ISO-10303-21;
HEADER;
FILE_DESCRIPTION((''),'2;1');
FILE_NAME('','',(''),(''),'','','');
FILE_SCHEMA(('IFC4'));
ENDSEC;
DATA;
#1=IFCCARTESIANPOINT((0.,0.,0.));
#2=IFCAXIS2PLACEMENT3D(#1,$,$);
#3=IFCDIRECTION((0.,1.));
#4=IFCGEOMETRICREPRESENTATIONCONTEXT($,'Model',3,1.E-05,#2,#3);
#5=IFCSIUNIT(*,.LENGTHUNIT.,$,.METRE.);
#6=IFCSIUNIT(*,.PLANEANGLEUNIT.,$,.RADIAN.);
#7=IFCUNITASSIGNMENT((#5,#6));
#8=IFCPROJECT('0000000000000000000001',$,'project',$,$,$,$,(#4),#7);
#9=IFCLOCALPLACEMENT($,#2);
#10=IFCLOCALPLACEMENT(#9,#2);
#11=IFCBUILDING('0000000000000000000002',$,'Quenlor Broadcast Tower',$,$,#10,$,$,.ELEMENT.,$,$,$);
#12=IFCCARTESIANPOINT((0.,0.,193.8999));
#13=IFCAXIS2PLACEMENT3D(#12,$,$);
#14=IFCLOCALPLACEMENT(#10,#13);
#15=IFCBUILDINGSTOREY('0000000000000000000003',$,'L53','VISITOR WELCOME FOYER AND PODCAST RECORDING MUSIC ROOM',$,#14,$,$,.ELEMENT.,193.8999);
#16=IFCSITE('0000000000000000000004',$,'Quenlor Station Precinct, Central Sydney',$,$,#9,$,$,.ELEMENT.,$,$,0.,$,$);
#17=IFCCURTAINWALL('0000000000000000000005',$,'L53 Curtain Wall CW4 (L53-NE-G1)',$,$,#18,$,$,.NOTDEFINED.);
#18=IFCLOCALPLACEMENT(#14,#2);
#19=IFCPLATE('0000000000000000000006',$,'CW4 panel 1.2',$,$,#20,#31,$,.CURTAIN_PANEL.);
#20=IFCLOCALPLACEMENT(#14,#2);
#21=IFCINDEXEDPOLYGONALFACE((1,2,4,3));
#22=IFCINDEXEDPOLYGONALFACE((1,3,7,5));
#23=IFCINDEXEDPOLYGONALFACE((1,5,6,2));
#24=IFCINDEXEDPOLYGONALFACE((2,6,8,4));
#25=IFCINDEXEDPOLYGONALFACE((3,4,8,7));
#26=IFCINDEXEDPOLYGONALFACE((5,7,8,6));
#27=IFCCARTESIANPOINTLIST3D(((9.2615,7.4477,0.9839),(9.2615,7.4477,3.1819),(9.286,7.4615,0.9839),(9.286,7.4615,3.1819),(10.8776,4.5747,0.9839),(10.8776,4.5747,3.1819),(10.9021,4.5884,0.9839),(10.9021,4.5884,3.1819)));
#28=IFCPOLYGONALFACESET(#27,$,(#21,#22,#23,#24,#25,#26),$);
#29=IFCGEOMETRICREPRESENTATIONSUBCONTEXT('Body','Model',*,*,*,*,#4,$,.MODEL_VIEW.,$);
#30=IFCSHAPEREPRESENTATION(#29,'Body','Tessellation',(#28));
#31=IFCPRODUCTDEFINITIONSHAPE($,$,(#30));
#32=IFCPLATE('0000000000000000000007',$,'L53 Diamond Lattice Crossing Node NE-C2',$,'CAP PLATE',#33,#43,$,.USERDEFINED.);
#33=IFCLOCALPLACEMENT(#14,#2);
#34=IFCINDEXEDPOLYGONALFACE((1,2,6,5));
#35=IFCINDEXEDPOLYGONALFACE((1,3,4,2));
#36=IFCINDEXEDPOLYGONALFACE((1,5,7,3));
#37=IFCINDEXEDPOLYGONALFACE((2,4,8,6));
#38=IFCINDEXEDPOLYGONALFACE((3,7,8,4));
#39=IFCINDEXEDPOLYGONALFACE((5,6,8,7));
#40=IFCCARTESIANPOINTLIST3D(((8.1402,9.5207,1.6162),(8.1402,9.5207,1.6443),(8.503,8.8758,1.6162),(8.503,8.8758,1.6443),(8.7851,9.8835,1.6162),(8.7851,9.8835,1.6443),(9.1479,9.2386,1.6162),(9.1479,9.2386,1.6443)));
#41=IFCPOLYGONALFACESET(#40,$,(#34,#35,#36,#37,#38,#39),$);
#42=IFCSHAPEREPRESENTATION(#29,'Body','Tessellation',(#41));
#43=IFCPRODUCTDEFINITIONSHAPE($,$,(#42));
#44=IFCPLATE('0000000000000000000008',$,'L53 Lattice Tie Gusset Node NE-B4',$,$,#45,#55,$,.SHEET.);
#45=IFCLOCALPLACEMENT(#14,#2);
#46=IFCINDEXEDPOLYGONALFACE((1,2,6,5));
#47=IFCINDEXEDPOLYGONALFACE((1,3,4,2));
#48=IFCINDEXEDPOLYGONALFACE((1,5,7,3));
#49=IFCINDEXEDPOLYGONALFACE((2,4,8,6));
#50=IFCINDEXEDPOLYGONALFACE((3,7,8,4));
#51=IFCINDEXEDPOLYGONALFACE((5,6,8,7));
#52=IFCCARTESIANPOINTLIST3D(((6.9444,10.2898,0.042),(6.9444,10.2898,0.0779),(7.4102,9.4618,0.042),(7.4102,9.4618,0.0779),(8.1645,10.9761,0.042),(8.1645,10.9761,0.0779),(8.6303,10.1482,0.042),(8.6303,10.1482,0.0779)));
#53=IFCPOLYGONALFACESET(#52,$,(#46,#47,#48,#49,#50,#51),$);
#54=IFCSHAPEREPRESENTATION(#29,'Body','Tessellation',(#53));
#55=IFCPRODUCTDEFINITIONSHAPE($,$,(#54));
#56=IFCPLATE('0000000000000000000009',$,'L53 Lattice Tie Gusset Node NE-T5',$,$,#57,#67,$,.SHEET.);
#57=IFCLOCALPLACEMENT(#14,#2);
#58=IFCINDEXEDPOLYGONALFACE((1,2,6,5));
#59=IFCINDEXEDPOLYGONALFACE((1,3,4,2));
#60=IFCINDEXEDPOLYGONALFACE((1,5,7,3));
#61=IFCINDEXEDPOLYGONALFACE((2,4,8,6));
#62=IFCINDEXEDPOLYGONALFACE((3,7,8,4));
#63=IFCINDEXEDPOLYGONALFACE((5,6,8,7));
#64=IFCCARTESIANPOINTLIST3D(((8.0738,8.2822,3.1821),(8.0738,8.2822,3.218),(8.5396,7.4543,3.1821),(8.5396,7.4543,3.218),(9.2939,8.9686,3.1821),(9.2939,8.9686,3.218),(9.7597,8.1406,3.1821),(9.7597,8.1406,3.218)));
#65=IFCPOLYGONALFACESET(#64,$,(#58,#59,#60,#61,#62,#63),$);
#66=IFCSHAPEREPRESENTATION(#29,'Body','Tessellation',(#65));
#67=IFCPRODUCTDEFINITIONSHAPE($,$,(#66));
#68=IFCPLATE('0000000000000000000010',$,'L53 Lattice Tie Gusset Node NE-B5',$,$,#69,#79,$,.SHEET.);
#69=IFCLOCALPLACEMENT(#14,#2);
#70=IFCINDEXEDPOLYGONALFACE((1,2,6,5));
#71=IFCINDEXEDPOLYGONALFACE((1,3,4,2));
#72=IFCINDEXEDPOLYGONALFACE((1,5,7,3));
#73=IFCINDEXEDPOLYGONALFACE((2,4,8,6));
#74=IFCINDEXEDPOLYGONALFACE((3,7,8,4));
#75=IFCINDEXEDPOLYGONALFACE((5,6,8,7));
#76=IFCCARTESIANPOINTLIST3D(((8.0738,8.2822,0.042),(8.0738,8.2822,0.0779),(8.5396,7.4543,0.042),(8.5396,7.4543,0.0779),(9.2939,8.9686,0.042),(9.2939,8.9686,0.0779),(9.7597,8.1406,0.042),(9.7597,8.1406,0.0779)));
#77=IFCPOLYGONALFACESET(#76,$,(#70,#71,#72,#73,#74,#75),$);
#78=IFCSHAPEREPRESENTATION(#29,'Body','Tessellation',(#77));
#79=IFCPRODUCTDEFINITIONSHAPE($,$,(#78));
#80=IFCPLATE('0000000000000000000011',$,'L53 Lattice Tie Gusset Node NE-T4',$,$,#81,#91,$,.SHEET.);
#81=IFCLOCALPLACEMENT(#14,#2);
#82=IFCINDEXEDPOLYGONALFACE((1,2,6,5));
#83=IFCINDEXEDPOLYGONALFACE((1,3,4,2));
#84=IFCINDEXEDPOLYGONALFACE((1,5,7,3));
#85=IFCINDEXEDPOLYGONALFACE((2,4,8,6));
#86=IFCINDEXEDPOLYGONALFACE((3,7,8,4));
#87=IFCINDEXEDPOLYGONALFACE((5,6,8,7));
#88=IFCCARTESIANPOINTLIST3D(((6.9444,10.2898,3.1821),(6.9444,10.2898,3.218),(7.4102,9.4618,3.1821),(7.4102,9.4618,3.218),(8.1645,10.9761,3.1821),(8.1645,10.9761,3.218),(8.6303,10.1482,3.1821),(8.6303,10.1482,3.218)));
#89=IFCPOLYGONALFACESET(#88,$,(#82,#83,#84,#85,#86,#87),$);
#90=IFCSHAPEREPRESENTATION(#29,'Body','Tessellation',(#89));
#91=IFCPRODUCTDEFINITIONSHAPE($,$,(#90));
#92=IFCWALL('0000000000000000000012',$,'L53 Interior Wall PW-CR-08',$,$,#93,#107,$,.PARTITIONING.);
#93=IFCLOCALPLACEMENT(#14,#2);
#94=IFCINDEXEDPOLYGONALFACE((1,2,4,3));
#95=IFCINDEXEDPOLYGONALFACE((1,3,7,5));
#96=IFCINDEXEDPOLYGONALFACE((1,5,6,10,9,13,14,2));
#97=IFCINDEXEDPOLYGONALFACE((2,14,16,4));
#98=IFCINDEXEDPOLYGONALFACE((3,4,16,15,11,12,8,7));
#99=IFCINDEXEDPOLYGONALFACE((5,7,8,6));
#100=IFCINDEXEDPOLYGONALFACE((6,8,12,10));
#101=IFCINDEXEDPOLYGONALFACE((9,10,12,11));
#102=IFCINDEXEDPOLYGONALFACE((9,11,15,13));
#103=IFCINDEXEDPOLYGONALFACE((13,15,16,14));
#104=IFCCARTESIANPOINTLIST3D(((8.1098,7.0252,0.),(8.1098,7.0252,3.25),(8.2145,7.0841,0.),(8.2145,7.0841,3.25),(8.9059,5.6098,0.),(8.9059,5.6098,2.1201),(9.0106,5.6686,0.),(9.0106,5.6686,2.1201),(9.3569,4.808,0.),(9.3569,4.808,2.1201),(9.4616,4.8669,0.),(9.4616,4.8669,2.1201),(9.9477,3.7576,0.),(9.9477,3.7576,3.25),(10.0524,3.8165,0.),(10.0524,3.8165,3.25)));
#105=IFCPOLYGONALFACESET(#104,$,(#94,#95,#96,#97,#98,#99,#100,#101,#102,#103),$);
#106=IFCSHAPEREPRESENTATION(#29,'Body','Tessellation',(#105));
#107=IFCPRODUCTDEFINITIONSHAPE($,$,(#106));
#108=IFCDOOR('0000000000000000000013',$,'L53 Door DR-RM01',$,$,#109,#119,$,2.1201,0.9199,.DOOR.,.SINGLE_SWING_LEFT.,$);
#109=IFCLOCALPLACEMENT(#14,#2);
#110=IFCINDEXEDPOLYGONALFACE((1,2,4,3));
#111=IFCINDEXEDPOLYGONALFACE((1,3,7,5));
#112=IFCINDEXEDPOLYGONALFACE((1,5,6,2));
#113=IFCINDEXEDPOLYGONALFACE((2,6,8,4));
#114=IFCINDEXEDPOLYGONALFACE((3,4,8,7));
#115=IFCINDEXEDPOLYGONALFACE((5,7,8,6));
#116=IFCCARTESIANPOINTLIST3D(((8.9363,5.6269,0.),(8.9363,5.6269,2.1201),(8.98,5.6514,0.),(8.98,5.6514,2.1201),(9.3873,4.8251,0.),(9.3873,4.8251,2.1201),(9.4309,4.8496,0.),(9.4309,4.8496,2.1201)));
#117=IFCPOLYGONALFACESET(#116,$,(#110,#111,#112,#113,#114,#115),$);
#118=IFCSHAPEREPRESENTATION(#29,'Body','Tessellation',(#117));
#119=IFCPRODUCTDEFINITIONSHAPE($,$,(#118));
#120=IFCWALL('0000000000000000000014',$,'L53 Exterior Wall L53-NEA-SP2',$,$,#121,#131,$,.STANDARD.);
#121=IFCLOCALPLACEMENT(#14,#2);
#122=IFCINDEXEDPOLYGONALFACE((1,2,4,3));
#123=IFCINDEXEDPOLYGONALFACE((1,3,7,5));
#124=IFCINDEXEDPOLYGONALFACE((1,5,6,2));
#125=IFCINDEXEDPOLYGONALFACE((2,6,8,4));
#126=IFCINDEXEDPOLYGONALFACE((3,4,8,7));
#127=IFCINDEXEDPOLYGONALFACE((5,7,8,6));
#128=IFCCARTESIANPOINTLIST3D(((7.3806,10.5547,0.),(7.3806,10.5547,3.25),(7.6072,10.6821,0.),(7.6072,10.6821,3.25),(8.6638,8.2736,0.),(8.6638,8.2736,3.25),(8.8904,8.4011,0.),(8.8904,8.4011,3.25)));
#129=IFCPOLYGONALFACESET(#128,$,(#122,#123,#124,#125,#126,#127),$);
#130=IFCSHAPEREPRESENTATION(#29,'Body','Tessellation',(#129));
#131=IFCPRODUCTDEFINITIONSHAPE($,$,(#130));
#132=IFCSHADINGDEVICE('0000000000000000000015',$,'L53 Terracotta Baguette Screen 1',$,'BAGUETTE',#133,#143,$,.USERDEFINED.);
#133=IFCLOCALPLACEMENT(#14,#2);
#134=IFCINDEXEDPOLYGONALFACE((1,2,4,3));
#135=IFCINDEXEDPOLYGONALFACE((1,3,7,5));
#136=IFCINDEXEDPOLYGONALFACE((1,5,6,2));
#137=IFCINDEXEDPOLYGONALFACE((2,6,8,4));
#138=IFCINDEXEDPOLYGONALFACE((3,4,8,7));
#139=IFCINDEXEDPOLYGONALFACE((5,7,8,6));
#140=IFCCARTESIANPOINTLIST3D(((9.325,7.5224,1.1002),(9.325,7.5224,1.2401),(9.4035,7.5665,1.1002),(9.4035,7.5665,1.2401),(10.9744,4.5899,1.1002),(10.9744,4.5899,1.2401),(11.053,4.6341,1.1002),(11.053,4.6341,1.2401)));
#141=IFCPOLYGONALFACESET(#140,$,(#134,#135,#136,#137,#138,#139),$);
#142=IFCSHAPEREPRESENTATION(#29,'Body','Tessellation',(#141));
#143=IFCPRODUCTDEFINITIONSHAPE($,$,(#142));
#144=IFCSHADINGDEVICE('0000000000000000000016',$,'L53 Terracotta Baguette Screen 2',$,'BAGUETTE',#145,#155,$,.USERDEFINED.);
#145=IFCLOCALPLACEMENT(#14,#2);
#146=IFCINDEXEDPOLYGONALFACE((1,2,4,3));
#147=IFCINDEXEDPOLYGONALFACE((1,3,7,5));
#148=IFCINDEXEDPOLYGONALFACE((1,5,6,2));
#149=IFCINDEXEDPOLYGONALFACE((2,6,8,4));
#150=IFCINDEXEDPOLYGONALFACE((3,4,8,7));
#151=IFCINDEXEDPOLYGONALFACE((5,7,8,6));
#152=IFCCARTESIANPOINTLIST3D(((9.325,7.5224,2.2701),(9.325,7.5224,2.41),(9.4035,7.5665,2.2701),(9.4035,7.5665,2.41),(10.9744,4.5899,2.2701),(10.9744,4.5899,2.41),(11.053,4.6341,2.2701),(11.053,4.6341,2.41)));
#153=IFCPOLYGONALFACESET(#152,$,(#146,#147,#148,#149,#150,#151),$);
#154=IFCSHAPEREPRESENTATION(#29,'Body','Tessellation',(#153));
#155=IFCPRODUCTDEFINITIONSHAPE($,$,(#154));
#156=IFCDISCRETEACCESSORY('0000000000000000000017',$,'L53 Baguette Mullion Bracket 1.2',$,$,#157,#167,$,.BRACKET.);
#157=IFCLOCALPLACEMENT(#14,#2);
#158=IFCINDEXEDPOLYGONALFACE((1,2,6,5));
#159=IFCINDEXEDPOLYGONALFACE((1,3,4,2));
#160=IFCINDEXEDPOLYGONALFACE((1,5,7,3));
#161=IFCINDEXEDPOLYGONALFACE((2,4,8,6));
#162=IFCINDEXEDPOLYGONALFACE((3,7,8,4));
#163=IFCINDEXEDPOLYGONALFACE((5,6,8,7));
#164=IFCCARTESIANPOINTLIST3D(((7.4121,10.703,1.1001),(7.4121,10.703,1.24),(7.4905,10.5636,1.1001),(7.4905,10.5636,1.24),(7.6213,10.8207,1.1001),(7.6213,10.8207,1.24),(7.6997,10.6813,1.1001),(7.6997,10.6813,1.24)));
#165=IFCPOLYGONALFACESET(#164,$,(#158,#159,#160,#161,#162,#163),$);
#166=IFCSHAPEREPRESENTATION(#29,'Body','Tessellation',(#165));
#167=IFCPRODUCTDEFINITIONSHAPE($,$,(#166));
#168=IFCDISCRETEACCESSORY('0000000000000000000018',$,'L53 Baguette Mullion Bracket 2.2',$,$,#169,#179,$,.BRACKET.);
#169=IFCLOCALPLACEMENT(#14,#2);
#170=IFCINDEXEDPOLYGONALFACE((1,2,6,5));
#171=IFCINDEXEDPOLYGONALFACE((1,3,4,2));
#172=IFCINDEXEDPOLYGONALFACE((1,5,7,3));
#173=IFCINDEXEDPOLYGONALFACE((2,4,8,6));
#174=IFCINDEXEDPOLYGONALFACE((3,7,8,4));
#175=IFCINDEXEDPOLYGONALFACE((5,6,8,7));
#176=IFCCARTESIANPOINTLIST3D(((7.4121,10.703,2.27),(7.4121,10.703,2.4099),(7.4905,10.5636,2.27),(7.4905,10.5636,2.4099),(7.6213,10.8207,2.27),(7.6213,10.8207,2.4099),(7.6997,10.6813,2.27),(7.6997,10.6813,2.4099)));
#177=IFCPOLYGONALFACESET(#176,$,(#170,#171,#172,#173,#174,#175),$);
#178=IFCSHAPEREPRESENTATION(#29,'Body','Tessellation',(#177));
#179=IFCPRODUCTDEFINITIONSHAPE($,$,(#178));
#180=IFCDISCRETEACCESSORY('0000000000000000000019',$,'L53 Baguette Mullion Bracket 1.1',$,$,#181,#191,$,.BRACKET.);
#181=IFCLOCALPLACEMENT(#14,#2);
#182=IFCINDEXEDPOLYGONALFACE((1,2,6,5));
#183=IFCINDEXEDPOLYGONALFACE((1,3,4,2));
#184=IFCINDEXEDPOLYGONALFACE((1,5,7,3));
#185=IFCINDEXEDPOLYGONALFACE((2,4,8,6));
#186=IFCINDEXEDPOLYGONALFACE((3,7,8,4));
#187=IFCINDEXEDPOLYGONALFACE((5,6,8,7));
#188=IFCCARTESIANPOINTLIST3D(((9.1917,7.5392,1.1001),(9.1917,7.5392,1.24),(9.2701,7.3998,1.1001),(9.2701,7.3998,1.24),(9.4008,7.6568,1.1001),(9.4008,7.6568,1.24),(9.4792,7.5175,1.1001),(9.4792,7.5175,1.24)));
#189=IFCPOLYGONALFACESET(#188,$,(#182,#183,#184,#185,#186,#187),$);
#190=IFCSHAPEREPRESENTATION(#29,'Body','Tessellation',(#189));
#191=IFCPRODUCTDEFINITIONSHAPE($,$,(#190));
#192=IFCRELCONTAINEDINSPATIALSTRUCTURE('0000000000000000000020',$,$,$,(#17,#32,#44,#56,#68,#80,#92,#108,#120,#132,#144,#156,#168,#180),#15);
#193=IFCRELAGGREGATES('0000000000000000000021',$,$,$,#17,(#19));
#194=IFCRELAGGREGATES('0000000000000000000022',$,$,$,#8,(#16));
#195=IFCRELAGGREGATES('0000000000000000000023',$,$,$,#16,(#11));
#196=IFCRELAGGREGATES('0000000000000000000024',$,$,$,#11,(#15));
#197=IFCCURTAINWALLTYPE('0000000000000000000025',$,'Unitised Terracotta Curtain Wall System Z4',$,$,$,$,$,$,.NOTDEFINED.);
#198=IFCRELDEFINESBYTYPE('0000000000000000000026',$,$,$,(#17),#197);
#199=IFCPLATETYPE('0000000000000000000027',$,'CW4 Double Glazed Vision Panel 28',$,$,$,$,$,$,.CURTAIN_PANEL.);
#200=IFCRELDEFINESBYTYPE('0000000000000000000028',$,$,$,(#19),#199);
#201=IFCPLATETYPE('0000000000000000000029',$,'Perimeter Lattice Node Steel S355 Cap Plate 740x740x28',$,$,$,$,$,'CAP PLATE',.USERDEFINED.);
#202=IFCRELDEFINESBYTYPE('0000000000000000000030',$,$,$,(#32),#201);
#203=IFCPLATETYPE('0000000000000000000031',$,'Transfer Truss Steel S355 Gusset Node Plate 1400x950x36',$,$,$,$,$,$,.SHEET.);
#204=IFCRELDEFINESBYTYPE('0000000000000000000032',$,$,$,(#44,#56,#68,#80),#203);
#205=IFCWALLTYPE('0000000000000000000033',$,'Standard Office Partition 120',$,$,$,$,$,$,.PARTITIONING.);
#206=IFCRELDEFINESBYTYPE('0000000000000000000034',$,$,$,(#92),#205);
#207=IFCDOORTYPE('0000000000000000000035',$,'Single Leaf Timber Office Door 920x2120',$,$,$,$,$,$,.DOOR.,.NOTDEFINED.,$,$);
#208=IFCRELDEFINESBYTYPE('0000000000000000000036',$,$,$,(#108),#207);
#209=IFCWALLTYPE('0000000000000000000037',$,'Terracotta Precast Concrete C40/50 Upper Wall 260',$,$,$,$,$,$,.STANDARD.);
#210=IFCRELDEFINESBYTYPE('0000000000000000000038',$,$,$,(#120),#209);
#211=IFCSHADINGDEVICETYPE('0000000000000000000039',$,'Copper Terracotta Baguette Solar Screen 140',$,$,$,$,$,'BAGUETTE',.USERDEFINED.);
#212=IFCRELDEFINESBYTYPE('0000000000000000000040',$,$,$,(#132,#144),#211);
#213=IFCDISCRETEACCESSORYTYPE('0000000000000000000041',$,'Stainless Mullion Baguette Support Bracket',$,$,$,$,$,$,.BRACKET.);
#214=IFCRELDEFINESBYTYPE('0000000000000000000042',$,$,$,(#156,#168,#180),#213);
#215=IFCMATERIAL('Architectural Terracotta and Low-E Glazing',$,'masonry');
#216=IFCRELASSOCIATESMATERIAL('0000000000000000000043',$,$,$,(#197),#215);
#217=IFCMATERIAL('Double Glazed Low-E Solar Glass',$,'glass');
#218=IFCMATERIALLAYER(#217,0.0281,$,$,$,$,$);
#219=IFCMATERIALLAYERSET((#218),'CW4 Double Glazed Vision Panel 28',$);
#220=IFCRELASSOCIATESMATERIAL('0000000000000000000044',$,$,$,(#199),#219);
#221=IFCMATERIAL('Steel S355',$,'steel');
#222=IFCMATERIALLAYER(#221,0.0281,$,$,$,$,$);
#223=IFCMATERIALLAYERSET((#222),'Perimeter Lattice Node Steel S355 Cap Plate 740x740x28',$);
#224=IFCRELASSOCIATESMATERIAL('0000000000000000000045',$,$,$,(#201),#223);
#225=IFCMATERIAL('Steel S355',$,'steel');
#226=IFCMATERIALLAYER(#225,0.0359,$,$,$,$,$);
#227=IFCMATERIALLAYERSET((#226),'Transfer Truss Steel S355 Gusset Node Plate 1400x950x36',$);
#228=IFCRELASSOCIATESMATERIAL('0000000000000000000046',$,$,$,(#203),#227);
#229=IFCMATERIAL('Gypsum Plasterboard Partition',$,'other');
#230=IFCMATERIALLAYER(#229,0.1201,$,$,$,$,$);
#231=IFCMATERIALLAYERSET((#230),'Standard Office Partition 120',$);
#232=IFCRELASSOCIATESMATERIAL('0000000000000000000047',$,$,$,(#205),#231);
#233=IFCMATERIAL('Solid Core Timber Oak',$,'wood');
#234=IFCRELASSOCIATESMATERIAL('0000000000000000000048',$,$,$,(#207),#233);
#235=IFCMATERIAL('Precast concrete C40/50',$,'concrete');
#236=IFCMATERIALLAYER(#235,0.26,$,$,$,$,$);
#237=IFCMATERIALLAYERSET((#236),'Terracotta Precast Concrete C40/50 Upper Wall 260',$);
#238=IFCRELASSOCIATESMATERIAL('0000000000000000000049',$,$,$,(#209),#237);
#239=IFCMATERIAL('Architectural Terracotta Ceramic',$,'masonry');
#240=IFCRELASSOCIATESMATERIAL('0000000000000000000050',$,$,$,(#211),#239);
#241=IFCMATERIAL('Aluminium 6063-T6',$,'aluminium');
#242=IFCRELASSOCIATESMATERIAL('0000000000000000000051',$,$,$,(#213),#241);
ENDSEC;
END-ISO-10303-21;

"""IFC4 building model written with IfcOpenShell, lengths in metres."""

from ifc_helpers import new_model, si_unit, direction, frame, frame_2d, origin, origin_2d, place, context, subcontext, project, spatial, rectangle, extrude, material, layer, layer_set, material_profile, profile_set, type_object, element, fill, aggregate, save


model = new_model("IFC4")

# Units and contexts
model_context = context("Model", 3, precision=1e-05, world=origin(), true_north=direction((0.0, 1.0)))
body_context = subcontext(model_context, "Body", "Model", "MODEL_VIEW")
ifc_project = project(units=[si_unit("LENGTHUNIT", "METRE"), si_unit("PLANEANGLEUNIT", "RADIAN")], contexts=[model_context])

# Site, building, storey
site_placement = place(None, origin())
site = spatial("IfcSite", under=ifc_project, at=site_placement, Name="Quenlor Station Precinct, Central Sydney", CompositionType="ELEMENT", RefElevation=0.0)
building_placement = place(site_placement, origin())
building = spatial("IfcBuilding", under=site, at=building_placement, Name="Quenlor Broadcast Tower", CompositionType="ELEMENT")
storey_placement = place(building_placement, frame((0.0, 0.0, 193.8999)))
storey = spatial("IfcBuildingStorey", under=building, at=storey_placement, Name="L53", Description="VISITOR WELCOME FOYER AND PODCAST RECORDING MUSIC ROOM", CompositionType="ELEMENT", Elevation=193.8999)

# Curtain wall
ifc_material_1 = material(Name="Architectural Terracotta and Low-E Glazing", Category="masonry")
curtain_wall_type = type_object("IfcCurtainWallType", Name="Unitised Terracotta Curtain Wall System Z4", PredefinedType="NOTDEFINED", material=ifc_material_1)
curtain_wall_1_placement = place(storey_placement, origin())
curtain_wall_1 = element("IfcCurtainWall", 1, at=curtain_wall_1_placement, inside=storey, type_object=curtain_wall_type, Name="L53 Curtain Wall CW4 (L53-NE-G1)", PredefinedType="NOTDEFINED")

# Plate
ifc_material_2 = material(Name="Double Glazed Low-E Solar Glass", Category="glass")
ifc_layer_1 = layer(ifc_material_2, 0.0281)
ifc_layer_set_1 = layer_set([ifc_layer_1], Name="CW4 Double Glazed Vision Panel 28")
plate_type_1 = type_object("IfcPlateType", Name="CW4 Double Glazed Vision Panel 28", PredefinedType="CURTAIN_PANEL", material=ifc_layer_set_1)
plate_1_placement = place(storey_placement, frame((10.0818, 6.0181, 0.9839), z_axis=(0.0, 0.0, 1.0), x_axis=(0.490257, -0.871578, 0.0)))
plate_1 = element("IfcPlate", 2, at=plate_1_placement, type_object=plate_type_1, Name="CW4 panel 1.2", PredefinedType="CURTAIN_PANEL", context=body_context, shape_type="SweptSolid", body=[
    extrude(rectangle(XDim=3.2964, YDim=0.0281, at=origin_2d()), origin(), (0.0, 0.0, 1.0), 2.198),
])
aggregate(curtain_wall_1, [plate_1])

# Plates
ifc_material_3 = material(Name="Steel S355", Category="steel")
ifc_layer_2 = layer(ifc_material_3, 0.0281)
ifc_layer_set_2 = layer_set([ifc_layer_2], Name="Perimeter Lattice Node Steel S355 Cap Plate 740x740x28")
plate_type_2 = type_object("IfcPlateType", Name="Perimeter Lattice Node Steel S355 Cap Plate 740x740x28", ElementType="CAP PLATE", PredefinedType="USERDEFINED", material=ifc_layer_set_2)
plate_2_placement = place(storey_placement, frame((8.644, 9.3796, 1.6162), z_axis=(0.0, 0.0, 1.0), x_axis=(0.490295, -0.871556, 0.0)))
element("IfcPlate", 3, at=plate_2_placement, inside=storey, type_object=plate_type_2, Name="L53 Diamond Lattice Crossing Node NE-C2", ObjectType="CAP PLATE", PredefinedType="USERDEFINED", context=body_context, shape_type="SweptSolid", body=[
    extrude(rectangle(XDim=0.74, YDim=0.74, at=origin_2d()), origin(), (0.0, 0.0, 1.0), 0.0281),
])
ifc_material_4 = material(Name="Steel S355", Category="steel")
ifc_layer_3 = layer(ifc_material_4, 0.0359)
ifc_layer_set_3 = layer_set([ifc_layer_3], Name="Transfer Truss Steel S355 Gusset Node Plate 1400x950x36")
plate_type_3 = type_object("IfcPlateType", Name="Transfer Truss Steel S355 Gusset Node Plate 1400x950x36", PredefinedType="SHEET", material=ifc_layer_set_3)
for number, where, z_axis, x_axis, name in (
    (4, (7.7874, 10.219, 0.042), (0.0, 0.0, 1.0), (0.871556, 0.490295, 0.0), "L53 Lattice Tie Gusset Node NE-B4"),
    (5, (8.9167, 8.2114, 3.1821), (0.0, 0.0, 1.0), (0.871556, 0.490295, 0.0), "L53 Lattice Tie Gusset Node NE-T5"),
    (6, (8.9167, 8.2114, 0.042), (0.0, 0.0, 1.0), (0.871556, 0.490295, 0.0), "L53 Lattice Tie Gusset Node NE-B5"),
    (7, (7.7874, 10.219, 3.1821), (0.0, 0.0, 1.0), (0.871556, 0.490295, 0.0), "L53 Lattice Tie Gusset Node NE-T4"),
):
    element("IfcPlate", number, at=place(storey_placement, frame(where, z_axis=z_axis, x_axis=x_axis)), inside=storey, type_object=plate_type_3, Name=name, PredefinedType="SHEET", context=body_context, shape_type="SweptSolid", body=[
        extrude(rectangle(XDim=1.3999, YDim=0.95, at=origin_2d()), origin(), (0.0, 0.0, 1.0), 0.0359),
    ])

# Wall, opening, door
ifc_material_5 = material(Name="Gypsum Plasterboard Partition", Category="other")
ifc_layer_4 = layer(ifc_material_5, 0.1201)
ifc_layer_set_4 = layer_set([ifc_layer_4], Name="Standard Office Partition 120")
wall_type_1 = type_object("IfcWallType", Name="Standard Office Partition 120", PredefinedType="PARTITIONING", material=ifc_layer_set_4)
wall_1_placement = place(storey_placement, frame((8.1621, 7.0547, 0.0), z_axis=(0.0, 0.0, 1.0), x_axis=(0.490237, -0.871589, 0.0)))
wall_1 = element("IfcWall", 8, at=wall_1_placement, inside=storey, type_object=wall_type_1, Name="L53 Interior Wall PW-CR-08", PredefinedType="PARTITIONING", context=body_context, shape_type="SweptSolid", body=[
    extrude(rectangle(XDim=3.749, YDim=0.1201, at=frame_2d((1.8745, 0.0))), origin(), (0.0, 0.0, 1.0), 3.25),
])
opening_placement = place(wall_1_placement, frame((1.624, 0.0, 0.0)))
opening = element("IfcOpeningElement", 9, at=opening_placement, cuts=wall_1, PredefinedType="OPENING", context=body_context, shape_type="SweptSolid", body=[
    extrude(rectangle(XDim=0.9199, YDim=2.1201, at=frame_2d((0.46, 1.0601))), frame((0.0, 0.0701, 0.0), z_axis=(0.0, -1.0, 0.0), x_axis=(1.0, 0.0, 0.0)), (0.0, 0.0, 1.0), 0.1401),
])
ifc_material_6 = material(Name="Solid Core Timber Oak", Category="wood")
door_type = type_object("IfcDoorType", Name="Single Leaf Timber Office Door 920x2120", OperationType="NOTDEFINED", PredefinedType="DOOR", material=ifc_material_6)
door_placement = place(opening_placement, origin())
door = element("IfcDoor", 10, at=door_placement, inside=storey, type_object=door_type, Name="L53 Door DR-RM01", OperationType="SINGLE_SWING_LEFT", OverallHeight=2.1201, OverallWidth=0.9199, PredefinedType="DOOR", context=body_context, shape_type="SweptSolid", body=[
    extrude(rectangle(XDim=0.9199, YDim=2.1201, at=frame_2d((0.46, 1.0601))), frame((0.0, 0.0249, 0.0), z_axis=(0.0, -1.0, 0.0), x_axis=(1.0, 0.0, 0.0)), (0.0, 0.0, 1.0), 0.05),
])
fill(opening, door)

# Wall
ifc_material_7 = material(Name="Precast concrete C40/50", Category="concrete")
ifc_layer_5 = layer(ifc_material_7, 0.26)
ifc_layer_set_5 = layer_set([ifc_layer_5], Name="Terracotta Precast Concrete C40/50 Upper Wall 260")
wall_type_2 = type_object("IfcWallType", Name="Terracotta Precast Concrete C40/50 Upper Wall 260", PredefinedType="STANDARD", material=ifc_layer_set_5)
wall_2_placement = place(storey_placement, frame((7.4939, 10.6184, 0.0), z_axis=(0.0, 0.0, 1.0), x_axis=(0.490301, -0.871553, 0.0)))
element("IfcWall", 11, at=wall_2_placement, inside=storey, type_object=wall_type_2, Name="L53 Exterior Wall L53-NEA-SP2", PredefinedType="STANDARD", context=body_context, shape_type="SweptSolid", body=[
    extrude(rectangle(XDim=2.6172, YDim=0.26, at=frame_2d((1.3086, 0.0))), origin(), (0.0, 0.0, 1.0), 3.25),
])

# Shading devices
ifc_material_8 = material(Name="Architectural Terracotta Ceramic", Category="masonry")
ifc_material_profile_1 = material_profile(ifc_material_8, rectangle(XDim=0.0901, YDim=0.1399, at=origin_2d()))
ifc_profile_set_1 = profile_set([ifc_material_profile_1], Name="Architectural Terracotta Ceramic BAG90x140")
shading_device_type = type_object("IfcShadingDeviceType", Name="Copper Terracotta Baguette Solar Screen 140", ElementType="BAGUETTE", PredefinedType="USERDEFINED", material=ifc_profile_set_1)
for number, where, z_axis, x_axis, name in (
    (12, (9.3643, 7.5444, 1.1702), (0.490251, -0.871581, 0.0), (0.871581, 0.490251, 0.0), "L53 Terracotta Baguette Screen 1"),
    (13, (9.3643, 7.5444, 2.3401), (0.490251, -0.871581, 0.0), (0.871581, 0.490251, 0.0), "L53 Terracotta Baguette Screen 2"),
):
    element("IfcShadingDevice", number, at=place(storey_placement, frame(where, z_axis=z_axis, x_axis=x_axis)), inside=storey, type_object=shading_device_type, Name=name, ObjectType="BAGUETTE", PredefinedType="USERDEFINED", context=body_context, shape_type="SweptSolid", body=[
        extrude(rectangle(XDim=0.0901, YDim=0.1399, at=origin_2d()), origin(), (0.0, 0.0, 1.0), 3.3645),
    ])

# Discrete accessories
ifc_material_9 = material(Name="Aluminium 6063-T6", Category="aluminium")
discrete_accessory_type = type_object("IfcDiscreteAccessoryType", Name="Stainless Mullion Baguette Support Bracket", PredefinedType="BRACKET", material=ifc_material_9)
for number, where, z_axis, x_axis, name in (
    (14, (7.5559, 10.6921, 1.1001), (0.0, 0.0, 1.0), (0.49026, -0.871576, 0.0), "L53 Baguette Mullion Bracket 1.2"),
    (15, (7.5559, 10.6921, 2.27), (0.0, 0.0, 1.0), (0.49026, -0.871576, 0.0), "L53 Baguette Mullion Bracket 2.2"),
    (16, (9.3354, 7.5283, 1.1001), (0.0, 0.0, 1.0), (0.490257, -0.871578, 0.0), "L53 Baguette Mullion Bracket 1.1"),
):
    element("IfcDiscreteAccessory", number, at=place(storey_placement, frame(where, z_axis=z_axis, x_axis=x_axis)), inside=storey, type_object=discrete_accessory_type, Name=name, PredefinedType="BRACKET", context=body_context, shape_type="SweptSolid", body=[
        extrude(rectangle(XDim=0.1599, YDim=0.24, at=origin_2d()), origin(), (0.0, 0.0, 1.0), 0.1399),
    ])

save(model, "model.ifc")
